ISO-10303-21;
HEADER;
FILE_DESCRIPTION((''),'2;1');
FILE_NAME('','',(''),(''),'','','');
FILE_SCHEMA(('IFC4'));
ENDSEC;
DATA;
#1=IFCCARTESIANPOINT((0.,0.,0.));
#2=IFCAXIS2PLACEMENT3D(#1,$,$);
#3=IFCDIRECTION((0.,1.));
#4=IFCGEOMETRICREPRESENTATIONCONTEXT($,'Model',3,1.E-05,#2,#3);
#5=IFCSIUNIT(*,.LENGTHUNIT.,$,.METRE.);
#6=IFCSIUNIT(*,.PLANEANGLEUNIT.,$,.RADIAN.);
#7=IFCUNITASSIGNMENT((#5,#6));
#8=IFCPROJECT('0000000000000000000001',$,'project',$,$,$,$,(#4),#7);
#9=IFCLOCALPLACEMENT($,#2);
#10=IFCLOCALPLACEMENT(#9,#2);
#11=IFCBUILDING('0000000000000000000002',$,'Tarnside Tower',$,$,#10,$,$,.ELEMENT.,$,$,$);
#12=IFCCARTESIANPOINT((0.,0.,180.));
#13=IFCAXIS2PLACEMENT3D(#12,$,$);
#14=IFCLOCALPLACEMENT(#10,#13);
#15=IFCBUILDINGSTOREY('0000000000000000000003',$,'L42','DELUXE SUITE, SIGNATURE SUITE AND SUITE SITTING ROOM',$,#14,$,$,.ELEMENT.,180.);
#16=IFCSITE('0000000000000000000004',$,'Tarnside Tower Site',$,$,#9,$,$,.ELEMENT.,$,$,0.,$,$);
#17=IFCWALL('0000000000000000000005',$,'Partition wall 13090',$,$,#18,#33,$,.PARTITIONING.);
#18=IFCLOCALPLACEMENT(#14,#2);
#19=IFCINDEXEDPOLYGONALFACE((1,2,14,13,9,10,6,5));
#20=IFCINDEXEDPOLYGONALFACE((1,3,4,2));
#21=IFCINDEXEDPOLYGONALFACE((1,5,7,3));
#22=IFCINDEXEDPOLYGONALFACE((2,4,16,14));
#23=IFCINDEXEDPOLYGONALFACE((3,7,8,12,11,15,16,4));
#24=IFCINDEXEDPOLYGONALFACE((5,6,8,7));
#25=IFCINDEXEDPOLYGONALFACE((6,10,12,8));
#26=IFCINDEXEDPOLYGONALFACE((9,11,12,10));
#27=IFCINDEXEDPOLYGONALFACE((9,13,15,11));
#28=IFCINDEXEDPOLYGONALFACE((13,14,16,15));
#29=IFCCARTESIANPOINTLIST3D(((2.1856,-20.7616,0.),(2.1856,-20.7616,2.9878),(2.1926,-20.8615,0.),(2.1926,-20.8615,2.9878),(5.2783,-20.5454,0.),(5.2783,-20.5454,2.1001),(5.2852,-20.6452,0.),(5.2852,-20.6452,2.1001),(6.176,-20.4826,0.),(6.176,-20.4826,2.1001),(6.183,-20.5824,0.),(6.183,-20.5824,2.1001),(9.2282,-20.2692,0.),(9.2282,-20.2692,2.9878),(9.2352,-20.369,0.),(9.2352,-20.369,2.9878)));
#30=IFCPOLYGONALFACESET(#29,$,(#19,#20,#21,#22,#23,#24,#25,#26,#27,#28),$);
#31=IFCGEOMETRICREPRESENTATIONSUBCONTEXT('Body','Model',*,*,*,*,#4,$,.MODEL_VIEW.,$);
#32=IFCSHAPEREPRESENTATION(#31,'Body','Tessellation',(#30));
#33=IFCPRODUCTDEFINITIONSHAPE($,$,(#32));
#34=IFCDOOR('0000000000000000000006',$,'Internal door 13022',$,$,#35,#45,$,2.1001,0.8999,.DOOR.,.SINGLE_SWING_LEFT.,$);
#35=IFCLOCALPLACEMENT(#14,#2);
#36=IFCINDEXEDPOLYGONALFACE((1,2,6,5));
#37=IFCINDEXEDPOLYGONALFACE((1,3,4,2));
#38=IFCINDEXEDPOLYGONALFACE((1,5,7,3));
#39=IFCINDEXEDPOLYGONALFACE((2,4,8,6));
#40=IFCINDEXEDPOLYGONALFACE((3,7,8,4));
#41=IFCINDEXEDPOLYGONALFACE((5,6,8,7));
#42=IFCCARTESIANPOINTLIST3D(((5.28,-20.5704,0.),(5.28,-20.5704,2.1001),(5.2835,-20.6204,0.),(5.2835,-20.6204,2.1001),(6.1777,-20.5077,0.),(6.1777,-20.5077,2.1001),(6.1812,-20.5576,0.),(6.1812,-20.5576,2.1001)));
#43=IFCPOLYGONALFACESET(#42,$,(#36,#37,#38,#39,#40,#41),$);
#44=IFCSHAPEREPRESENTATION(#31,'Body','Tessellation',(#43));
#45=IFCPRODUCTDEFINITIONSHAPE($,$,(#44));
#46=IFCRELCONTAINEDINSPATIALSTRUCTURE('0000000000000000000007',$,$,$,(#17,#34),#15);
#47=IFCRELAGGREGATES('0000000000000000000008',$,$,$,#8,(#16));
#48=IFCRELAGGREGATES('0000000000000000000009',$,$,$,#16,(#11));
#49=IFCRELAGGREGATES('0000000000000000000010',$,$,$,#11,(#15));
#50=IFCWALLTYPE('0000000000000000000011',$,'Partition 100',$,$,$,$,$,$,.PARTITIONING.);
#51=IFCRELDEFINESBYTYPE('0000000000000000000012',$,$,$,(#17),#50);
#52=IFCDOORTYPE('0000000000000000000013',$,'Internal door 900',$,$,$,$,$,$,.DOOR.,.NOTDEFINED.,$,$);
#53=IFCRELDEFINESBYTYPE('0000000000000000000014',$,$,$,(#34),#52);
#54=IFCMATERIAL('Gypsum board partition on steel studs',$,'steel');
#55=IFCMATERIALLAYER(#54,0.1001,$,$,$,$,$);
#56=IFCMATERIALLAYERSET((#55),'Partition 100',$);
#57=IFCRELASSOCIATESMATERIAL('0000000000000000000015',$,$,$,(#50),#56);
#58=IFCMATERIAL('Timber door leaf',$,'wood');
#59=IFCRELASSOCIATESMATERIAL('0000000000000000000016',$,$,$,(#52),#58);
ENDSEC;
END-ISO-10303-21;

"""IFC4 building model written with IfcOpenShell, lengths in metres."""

from ifc_helpers import new_model, si_unit, direction, frame, frame_2d, origin, place, context, subcontext, project, spatial, rectangle, extrude, material, layer, layer_set, type_object, element, fill, save


model = new_model("IFC4")

# Units and contexts
model_context = context("Model", 3, precision=1e-05, world=origin(), true_north=direction((0.0, 1.0)))
body_context = subcontext(model_context, "Body", "Model", "MODEL_VIEW")
ifc_project = project(units=[si_unit("LENGTHUNIT", "METRE"), si_unit("PLANEANGLEUNIT", "RADIAN")], contexts=[model_context])

# Site, building, storey
site_placement = place(None, origin())
site = spatial("IfcSite", under=ifc_project, at=site_placement, Name="Tarnside Tower Site", CompositionType="ELEMENT", RefElevation=0.0)
building_placement = place(site_placement, origin())
building = spatial("IfcBuilding", under=site, at=building_placement, Name="Tarnside Tower", CompositionType="ELEMENT")
storey_placement = place(building_placement, frame((0.0, 0.0, 180.0)))
storey = spatial("IfcBuildingStorey", under=building, at=storey_placement, Name="L42", Description="DELUXE SUITE, SIGNATURE SUITE AND SUITE SITTING ROOM", CompositionType="ELEMENT", Elevation=180.0)

# Shared definitions
ifc_material_1 = material(Name="Gypsum board partition on steel studs", Category="steel")
ifc_material_2 = material(Name="Timber door leaf", Category="wood")

# Shared definitions
ifc_layer_1 = layer(ifc_material_1, 0.1001)
ifc_layer_set_1 = layer_set([ifc_layer_1], Name="Partition 100")
wall_type_1 = type_object("IfcWallType", Name="Partition 100", PredefinedType="PARTITIONING", material=ifc_layer_set_1)

# Wall, opening, door
wall_1_placement = place(storey_placement, frame((2.1892, -20.8115, 0.0), z_axis=(0.0, 0.0, 1.0), x_axis=(0.997564, 0.06975, 0.0)))
wall_1 = element("IfcWall", 1, at=wall_1_placement, inside=storey, type_object=wall_type_1, Name="Partition wall 13090", PredefinedType="PARTITIONING", context=body_context, shape_type="SweptSolid", body=[
    extrude(rectangle(XDim=7.0598, YDim=0.1001, at=frame_2d((3.5298, 0.0))), origin(), (0.0, 0.0, 1.0), 2.9878),
])
opening_1_placement = place(wall_1_placement, frame((3.1001, 0.0, 0.0)))
opening_1 = element("IfcOpeningElement", 2, at=opening_1_placement, cuts=wall_1, PredefinedType="OPENING", context=body_context, shape_type="SweptSolid", body=[
    extrude(rectangle(XDim=0.8999, YDim=2.1001, at=frame_2d((0.45, 1.05))), frame((0.0, 0.0601, 0.0), z_axis=(0.0, -1.0, 0.0), x_axis=(1.0, 0.0, 0.0)), (0.0, 0.0, 1.0), 0.1201),
])
door_type_1 = type_object("IfcDoorType", Name="Internal door 900", OperationType="NOTDEFINED", PredefinedType="DOOR", material=ifc_material_2)
door_1_placement = place(opening_1_placement, origin())
door_1 = element("IfcDoor", 3, at=door_1_placement, inside=storey, type_object=door_type_1, Name="Internal door 13022", OperationType="SINGLE_SWING_LEFT", OverallHeight=2.1001, OverallWidth=0.8999, PredefinedType="DOOR", context=body_context, shape_type="SweptSolid", body=[
    extrude(rectangle(XDim=0.8999, YDim=2.1001, at=frame_2d((0.45, 1.05))), frame((0.0, 0.0249, 0.0), z_axis=(0.0, -1.0, 0.0), x_axis=(1.0, 0.0, 0.0)), (0.0, 0.0, 1.0), 0.05),
])
fill(opening_1, door_1)

save(model, "model.ifc")
